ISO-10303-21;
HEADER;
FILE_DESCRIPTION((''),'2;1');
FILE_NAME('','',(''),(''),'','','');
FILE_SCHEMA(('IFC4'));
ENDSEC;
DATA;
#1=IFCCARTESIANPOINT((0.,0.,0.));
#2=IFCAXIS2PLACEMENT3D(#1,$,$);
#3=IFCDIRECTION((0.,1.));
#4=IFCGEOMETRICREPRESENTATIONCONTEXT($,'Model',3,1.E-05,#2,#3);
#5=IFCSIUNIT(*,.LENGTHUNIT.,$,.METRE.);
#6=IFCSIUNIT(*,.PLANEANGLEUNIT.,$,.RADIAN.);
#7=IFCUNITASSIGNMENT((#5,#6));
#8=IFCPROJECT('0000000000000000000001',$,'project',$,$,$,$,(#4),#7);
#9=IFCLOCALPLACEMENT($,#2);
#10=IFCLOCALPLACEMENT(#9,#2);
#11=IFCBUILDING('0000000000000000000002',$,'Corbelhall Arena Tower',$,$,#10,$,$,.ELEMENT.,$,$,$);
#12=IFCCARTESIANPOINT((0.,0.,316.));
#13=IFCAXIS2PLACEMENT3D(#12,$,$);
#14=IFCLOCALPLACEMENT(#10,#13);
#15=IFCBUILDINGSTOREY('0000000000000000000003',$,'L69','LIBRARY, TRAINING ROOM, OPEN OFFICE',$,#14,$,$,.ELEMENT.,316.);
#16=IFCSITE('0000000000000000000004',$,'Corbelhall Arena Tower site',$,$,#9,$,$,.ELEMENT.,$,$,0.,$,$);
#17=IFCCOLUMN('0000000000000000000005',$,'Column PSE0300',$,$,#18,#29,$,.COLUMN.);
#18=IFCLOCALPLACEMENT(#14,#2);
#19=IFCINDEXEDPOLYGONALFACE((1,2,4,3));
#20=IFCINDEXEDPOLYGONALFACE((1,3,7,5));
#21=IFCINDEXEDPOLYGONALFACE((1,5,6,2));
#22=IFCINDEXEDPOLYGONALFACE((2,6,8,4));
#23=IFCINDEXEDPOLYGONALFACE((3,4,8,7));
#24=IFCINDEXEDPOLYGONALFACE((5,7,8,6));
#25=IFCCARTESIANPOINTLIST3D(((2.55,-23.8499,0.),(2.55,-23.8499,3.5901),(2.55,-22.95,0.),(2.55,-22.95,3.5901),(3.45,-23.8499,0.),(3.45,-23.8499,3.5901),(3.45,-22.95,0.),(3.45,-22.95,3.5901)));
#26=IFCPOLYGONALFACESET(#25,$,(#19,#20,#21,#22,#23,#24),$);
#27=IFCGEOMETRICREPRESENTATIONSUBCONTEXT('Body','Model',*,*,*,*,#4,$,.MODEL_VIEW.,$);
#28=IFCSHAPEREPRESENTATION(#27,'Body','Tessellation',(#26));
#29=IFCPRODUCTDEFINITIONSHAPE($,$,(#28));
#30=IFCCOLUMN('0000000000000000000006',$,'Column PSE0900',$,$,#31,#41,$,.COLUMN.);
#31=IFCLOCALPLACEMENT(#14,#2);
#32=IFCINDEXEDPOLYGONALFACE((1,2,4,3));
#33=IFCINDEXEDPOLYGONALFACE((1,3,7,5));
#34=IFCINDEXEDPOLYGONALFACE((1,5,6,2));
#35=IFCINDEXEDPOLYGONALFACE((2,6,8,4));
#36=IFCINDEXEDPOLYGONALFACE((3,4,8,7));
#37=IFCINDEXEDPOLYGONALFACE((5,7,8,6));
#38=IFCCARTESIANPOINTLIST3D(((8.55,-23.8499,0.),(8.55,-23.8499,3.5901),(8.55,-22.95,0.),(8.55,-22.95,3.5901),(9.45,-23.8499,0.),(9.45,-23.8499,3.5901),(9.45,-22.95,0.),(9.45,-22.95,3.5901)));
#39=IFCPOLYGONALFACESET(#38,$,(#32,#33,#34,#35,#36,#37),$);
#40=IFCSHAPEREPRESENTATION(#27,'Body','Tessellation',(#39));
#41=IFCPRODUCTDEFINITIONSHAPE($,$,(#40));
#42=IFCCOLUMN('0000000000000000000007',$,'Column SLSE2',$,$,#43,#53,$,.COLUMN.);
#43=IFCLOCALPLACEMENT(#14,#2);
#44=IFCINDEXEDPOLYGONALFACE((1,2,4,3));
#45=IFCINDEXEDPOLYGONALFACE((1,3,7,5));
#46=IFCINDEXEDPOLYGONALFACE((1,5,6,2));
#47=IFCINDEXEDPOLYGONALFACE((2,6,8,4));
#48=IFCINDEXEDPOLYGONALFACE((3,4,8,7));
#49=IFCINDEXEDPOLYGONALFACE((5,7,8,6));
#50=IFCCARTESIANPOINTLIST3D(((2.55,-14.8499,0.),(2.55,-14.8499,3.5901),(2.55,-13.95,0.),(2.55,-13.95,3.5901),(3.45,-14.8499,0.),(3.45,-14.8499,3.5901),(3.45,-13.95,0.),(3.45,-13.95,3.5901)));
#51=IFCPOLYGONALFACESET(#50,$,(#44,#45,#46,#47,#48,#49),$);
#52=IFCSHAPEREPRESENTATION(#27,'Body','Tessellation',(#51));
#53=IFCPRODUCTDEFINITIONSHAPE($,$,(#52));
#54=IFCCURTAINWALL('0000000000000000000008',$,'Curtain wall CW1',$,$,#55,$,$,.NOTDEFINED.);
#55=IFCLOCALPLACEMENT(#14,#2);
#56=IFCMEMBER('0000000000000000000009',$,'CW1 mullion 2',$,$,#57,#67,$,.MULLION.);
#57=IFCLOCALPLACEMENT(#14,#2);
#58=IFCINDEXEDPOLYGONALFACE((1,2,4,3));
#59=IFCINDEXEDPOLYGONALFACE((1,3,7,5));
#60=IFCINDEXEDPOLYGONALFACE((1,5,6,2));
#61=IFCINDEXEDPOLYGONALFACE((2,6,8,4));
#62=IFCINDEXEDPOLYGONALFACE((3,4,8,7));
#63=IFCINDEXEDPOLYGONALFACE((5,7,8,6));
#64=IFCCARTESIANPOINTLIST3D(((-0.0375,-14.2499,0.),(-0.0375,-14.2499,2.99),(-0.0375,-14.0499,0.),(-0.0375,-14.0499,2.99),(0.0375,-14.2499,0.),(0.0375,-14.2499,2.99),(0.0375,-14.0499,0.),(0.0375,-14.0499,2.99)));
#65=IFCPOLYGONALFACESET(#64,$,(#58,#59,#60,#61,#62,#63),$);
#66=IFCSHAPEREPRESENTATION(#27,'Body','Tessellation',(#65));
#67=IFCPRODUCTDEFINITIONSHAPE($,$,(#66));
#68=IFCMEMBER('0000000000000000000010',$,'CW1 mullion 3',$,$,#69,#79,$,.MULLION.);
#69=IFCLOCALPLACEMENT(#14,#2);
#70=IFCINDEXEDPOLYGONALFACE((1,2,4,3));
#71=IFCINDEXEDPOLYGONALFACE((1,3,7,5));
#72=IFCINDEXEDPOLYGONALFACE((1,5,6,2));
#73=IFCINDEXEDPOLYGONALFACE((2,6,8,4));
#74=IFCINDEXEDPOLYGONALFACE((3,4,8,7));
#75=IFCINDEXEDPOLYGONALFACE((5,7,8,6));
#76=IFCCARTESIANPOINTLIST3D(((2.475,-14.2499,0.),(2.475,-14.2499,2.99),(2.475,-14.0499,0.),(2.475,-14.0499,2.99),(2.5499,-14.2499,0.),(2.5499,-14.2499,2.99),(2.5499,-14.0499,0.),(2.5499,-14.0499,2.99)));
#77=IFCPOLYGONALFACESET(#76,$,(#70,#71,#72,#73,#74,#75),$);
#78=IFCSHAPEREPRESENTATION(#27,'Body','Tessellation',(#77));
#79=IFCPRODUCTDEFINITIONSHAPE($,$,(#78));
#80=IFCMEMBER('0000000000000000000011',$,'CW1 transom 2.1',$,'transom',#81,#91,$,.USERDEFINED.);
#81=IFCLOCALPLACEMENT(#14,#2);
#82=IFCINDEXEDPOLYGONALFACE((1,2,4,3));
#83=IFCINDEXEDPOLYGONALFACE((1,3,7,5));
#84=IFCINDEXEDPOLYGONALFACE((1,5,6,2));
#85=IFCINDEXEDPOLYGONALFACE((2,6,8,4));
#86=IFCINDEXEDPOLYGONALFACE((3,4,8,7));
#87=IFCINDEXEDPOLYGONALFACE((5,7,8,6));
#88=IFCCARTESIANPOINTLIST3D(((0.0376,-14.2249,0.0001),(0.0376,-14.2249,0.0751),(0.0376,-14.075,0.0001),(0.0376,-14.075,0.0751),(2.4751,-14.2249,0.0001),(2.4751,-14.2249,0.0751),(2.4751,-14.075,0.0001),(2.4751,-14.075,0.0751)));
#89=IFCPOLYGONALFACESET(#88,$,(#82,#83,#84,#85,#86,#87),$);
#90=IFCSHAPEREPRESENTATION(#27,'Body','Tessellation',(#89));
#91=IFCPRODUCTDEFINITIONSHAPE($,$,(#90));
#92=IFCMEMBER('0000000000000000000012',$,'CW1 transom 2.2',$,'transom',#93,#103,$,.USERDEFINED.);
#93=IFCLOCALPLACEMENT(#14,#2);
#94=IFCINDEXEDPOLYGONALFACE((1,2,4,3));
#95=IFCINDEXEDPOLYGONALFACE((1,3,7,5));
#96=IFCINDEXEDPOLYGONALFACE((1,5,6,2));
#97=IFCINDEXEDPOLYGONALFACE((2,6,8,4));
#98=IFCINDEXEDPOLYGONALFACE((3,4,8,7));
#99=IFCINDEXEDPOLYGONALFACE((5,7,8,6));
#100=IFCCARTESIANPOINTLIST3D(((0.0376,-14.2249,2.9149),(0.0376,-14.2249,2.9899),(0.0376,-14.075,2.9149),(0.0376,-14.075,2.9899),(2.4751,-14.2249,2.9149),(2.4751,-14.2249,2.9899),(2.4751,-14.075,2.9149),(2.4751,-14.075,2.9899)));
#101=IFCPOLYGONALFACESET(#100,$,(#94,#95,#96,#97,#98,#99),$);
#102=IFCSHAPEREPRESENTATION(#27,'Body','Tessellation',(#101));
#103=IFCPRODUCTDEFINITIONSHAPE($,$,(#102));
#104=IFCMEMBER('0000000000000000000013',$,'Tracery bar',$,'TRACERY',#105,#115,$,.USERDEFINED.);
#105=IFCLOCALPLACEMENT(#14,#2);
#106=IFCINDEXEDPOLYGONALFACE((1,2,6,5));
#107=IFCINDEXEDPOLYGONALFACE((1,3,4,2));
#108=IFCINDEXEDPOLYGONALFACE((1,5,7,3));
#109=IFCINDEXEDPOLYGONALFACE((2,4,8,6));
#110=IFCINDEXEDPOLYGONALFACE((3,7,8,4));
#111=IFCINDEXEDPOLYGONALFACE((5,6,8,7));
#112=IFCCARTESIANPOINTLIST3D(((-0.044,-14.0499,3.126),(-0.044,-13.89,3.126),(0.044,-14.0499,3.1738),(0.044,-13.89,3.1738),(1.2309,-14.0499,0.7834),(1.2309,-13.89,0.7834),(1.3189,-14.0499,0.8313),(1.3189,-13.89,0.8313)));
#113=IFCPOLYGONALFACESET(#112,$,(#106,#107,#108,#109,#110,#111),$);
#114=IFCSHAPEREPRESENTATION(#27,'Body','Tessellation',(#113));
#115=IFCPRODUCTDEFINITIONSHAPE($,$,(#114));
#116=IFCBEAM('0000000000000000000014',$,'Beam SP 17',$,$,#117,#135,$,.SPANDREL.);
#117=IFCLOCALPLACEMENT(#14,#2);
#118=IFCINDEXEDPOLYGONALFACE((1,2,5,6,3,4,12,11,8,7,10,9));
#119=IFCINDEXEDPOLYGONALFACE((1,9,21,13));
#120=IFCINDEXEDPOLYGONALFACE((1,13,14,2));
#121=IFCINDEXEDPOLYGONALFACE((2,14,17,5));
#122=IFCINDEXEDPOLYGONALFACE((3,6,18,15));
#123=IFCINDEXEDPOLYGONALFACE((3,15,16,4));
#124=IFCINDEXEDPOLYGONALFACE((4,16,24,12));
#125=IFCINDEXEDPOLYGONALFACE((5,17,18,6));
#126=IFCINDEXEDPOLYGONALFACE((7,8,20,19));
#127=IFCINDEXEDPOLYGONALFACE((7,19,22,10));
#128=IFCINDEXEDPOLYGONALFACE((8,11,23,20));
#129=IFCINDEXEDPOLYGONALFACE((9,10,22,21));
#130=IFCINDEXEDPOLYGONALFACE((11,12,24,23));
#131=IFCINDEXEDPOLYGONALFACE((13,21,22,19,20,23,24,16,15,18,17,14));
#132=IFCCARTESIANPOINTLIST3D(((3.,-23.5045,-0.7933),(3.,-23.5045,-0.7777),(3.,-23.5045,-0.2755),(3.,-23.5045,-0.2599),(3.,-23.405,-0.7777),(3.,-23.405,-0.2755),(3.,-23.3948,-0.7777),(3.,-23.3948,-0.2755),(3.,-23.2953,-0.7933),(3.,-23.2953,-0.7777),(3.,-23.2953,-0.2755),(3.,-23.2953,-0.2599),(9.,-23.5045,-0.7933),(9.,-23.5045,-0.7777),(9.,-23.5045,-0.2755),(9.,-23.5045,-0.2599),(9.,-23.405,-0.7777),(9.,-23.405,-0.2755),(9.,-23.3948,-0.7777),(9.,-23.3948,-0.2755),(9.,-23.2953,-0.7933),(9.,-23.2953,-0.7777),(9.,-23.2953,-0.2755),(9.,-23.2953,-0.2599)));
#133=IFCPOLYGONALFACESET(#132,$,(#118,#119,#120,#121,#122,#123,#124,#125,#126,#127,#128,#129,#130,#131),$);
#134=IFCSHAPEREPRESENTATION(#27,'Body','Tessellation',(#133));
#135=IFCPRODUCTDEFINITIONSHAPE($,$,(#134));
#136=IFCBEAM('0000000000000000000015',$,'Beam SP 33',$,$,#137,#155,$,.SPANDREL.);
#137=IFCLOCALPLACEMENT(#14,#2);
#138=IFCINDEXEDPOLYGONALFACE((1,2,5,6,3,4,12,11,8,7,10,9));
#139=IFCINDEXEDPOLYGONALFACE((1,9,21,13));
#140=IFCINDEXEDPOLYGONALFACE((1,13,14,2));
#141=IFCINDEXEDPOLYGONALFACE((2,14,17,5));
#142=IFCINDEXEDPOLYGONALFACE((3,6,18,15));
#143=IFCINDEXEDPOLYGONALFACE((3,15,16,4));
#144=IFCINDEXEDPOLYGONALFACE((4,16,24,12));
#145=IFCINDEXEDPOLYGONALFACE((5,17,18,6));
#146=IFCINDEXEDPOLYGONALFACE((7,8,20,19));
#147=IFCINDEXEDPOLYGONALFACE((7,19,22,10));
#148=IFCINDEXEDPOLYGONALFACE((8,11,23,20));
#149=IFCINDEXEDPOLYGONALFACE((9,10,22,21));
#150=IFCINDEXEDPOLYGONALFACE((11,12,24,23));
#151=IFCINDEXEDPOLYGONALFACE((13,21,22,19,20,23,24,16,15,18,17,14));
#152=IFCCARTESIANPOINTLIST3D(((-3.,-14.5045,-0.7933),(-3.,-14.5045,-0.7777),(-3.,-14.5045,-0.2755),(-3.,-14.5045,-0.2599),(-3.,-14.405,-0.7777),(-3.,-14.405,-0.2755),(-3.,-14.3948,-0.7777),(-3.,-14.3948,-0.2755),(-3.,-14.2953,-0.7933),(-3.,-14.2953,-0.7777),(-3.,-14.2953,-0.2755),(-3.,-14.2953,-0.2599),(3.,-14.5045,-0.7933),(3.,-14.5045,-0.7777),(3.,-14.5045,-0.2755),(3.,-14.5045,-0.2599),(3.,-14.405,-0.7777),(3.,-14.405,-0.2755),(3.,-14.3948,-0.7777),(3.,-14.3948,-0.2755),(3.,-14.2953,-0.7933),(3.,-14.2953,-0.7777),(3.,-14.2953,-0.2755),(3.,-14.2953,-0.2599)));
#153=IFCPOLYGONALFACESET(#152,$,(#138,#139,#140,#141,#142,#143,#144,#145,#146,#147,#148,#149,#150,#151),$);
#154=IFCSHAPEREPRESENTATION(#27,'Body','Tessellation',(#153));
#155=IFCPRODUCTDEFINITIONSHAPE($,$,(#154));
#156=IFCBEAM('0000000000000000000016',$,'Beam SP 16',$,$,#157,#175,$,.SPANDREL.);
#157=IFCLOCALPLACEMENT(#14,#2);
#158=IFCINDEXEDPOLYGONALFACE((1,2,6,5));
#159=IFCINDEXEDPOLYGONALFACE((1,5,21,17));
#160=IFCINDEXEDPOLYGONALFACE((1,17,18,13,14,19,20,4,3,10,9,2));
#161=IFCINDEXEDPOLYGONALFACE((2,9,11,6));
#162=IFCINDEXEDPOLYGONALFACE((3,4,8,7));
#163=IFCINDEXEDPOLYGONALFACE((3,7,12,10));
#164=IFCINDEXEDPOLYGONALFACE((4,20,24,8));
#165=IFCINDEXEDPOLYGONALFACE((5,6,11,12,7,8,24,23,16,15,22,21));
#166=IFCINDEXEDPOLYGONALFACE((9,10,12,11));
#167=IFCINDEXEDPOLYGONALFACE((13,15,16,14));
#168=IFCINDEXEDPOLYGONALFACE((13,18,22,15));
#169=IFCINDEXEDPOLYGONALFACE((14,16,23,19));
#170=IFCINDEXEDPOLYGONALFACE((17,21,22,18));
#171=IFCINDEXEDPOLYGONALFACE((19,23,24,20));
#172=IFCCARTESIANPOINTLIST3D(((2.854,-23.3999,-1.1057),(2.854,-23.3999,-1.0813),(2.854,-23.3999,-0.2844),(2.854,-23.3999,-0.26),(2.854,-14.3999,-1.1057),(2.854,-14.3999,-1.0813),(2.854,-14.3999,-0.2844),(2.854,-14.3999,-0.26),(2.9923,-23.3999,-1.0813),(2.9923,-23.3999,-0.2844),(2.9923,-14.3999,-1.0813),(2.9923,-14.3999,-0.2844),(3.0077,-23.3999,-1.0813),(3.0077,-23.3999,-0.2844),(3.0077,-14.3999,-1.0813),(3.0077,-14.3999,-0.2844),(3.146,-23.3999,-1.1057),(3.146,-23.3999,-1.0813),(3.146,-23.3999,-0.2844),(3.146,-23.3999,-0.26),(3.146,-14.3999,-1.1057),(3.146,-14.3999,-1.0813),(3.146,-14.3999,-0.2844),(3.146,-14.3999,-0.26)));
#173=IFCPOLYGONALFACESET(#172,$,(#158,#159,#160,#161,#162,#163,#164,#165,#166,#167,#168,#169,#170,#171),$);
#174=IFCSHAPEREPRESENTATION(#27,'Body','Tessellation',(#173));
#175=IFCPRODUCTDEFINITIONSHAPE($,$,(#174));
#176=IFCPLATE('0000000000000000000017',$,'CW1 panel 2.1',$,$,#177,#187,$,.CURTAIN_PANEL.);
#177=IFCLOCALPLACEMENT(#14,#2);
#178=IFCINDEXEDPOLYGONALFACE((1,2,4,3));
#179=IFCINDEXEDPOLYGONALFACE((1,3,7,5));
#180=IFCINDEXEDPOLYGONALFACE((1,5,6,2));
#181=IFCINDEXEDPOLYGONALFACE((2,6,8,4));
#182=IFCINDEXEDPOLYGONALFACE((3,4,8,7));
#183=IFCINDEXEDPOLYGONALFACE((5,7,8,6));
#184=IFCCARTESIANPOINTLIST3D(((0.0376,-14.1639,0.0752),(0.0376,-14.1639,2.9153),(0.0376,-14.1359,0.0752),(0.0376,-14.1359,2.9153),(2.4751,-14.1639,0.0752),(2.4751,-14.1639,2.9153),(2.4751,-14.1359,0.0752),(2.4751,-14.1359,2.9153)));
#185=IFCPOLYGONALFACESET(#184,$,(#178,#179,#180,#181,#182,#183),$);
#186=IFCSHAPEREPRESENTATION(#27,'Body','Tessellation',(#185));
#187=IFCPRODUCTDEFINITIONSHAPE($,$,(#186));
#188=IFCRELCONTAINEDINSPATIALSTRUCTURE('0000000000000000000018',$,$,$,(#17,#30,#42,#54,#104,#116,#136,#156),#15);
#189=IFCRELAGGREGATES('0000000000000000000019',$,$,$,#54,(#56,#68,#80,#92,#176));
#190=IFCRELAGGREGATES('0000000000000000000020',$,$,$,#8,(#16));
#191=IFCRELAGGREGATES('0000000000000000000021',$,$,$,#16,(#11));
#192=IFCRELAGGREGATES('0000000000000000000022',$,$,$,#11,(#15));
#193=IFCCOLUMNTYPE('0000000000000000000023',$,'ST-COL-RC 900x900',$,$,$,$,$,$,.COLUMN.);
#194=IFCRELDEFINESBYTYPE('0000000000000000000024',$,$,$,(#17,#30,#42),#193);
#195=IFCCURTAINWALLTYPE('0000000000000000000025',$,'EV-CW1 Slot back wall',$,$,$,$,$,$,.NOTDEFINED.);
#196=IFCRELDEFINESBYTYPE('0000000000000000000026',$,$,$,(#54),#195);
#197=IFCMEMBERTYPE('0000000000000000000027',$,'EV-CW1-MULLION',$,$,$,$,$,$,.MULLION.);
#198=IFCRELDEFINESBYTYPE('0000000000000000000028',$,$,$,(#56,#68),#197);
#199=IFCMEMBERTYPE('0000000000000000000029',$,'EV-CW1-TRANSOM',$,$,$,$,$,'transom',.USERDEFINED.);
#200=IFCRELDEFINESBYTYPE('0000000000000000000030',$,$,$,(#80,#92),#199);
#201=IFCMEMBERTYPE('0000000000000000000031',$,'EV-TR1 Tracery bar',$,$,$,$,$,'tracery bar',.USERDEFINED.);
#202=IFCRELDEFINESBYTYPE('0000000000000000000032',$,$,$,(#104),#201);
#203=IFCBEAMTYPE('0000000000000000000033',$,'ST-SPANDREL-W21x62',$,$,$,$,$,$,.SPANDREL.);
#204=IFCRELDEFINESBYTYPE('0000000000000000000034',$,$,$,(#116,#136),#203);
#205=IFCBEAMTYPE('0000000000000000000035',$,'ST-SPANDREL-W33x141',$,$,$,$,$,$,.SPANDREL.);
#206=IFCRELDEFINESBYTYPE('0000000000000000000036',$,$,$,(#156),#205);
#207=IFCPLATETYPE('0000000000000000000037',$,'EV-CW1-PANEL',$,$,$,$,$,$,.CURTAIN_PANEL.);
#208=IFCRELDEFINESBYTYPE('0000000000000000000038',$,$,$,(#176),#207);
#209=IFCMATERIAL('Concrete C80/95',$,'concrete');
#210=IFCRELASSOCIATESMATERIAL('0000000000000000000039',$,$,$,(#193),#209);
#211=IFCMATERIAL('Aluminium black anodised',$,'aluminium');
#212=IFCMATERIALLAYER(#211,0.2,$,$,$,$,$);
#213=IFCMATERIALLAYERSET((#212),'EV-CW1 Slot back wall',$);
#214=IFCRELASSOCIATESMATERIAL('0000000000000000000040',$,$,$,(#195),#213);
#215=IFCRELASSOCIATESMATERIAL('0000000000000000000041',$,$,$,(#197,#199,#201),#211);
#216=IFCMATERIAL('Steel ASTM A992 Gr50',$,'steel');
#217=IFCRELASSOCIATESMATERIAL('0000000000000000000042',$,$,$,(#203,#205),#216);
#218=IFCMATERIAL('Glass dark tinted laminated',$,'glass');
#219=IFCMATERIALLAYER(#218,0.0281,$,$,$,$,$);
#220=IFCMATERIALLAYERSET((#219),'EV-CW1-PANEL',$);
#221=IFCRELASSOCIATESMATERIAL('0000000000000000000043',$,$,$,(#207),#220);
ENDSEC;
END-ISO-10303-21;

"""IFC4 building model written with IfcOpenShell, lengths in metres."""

from ifc_helpers import new_model, si_unit, direction, frame, origin, origin_2d, place, context, subcontext, project, spatial, rectangle, i_section, extrude, material, layer, layer_set, material_profile, profile_set, type_object, element, aggregate, save


model = new_model("IFC4")

# Units and contexts
model_context = context("Model", 3, precision=1e-05, world=origin(), true_north=direction((0.0, 1.0)))
body_context = subcontext(model_context, "Body", "Model", "MODEL_VIEW")
ifc_project = project(units=[si_unit("LENGTHUNIT", "METRE"), si_unit("PLANEANGLEUNIT", "RADIAN")], contexts=[model_context])

# Site, building, storey
site_placement = place(None, origin())
site = spatial("IfcSite", under=ifc_project, at=site_placement, Name="Corbelhall Arena Tower site", CompositionType="ELEMENT", RefElevation=0.0)
building_placement = place(site_placement, origin())
building = spatial("IfcBuilding", under=site, at=building_placement, Name="Corbelhall Arena Tower", CompositionType="ELEMENT")
storey_placement = place(building_placement, frame((0.0, 0.0, 316.0)))
storey = spatial("IfcBuildingStorey", under=building, at=storey_placement, Name="L69", Description="LIBRARY, TRAINING ROOM, OPEN OFFICE", CompositionType="ELEMENT", Elevation=316.0)

# Columns
ifc_material_1 = material(Name="Concrete C80/95", Category="concrete")
ifc_material_profile_1 = material_profile(ifc_material_1, rectangle(XDim=0.8999, YDim=0.8999, at=origin_2d()))
ifc_profile_set_1 = profile_set([ifc_material_profile_1], Name="Concrete C80/95")
column_type = type_object("IfcColumnType", Name="ST-COL-RC 900x900", PredefinedType="COLUMN", material=ifc_profile_set_1)
for number, where, z_axis, x_axis, name in (
    (1, (3.0, -23.3999, 0.0), (0.0, 0.0, 1.0), (1.0, 0.0, 0.0), "Column PSE0300"),
    (2, (9.0, -23.3999, 0.0), (0.0, 0.0, 1.0), (1.0, 0.0, 0.0), "Column PSE0900"),
    (3, (3.0, -14.3999, 0.0), (0.0, 0.0, 1.0), (1.0, 0.0, 0.0), "Column SLSE2"),
):
    element("IfcColumn", number, at=place(storey_placement, frame(where, z_axis=z_axis, x_axis=x_axis)), inside=storey, type_object=column_type, Name=name, PredefinedType="COLUMN", context=body_context, shape_type="SweptSolid", body=[
        extrude(rectangle(XDim=0.8999, YDim=0.8999, at=origin_2d()), origin(), (0.0, 0.0, 1.0), 3.5901),
    ])

# Curtain wall, members
ifc_material_2 = material(Name="Aluminium black anodised", Category="aluminium")
ifc_layer_1 = layer(ifc_material_2, 0.2)
ifc_layer_set_1 = layer_set([ifc_layer_1], Name="EV-CW1 Slot back wall")
curtain_wall_type = type_object("IfcCurtainWallType", Name="EV-CW1 Slot back wall", PredefinedType="NOTDEFINED", material=ifc_layer_set_1)
curtain_wall_placement = place(storey_placement, origin())
curtain_wall = element("IfcCurtainWall", 4, at=curtain_wall_placement, inside=storey, type_object=curtain_wall_type, Name="Curtain wall CW1", PredefinedType="NOTDEFINED")
ifc_material_profile_2 = material_profile(ifc_material_2, rectangle(XDim=0.2, YDim=0.075, at=origin_2d()))
ifc_profile_set_2 = profile_set([ifc_material_profile_2], Name="Aluminium black anodised")
member_type_1 = type_object("IfcMemberType", Name="EV-CW1-MULLION", PredefinedType="MULLION", material=ifc_profile_set_2)
member_1_placement = place(storey_placement, frame((0.0, -14.1499, 0.0), z_axis=(0.0, 0.0, 1.0), x_axis=(0.0, 1.0, 0.0)))
member_1 = element("IfcMember", 5, at=member_1_placement, type_object=member_type_1, Name="CW1 mullion 2", PredefinedType="MULLION", context=body_context, shape_type="SweptSolid", body=[
    extrude(rectangle(XDim=0.2, YDim=0.075, at=origin_2d()), origin(), (0.0, 0.0, 1.0), 2.99),
])
member_2_placement = place(storey_placement, frame((2.5125, -14.1499, 0.0), z_axis=(0.0, 0.0, 1.0), x_axis=(0.0, 1.0, 0.0)))
member_2 = element("IfcMember", 6, at=member_2_placement, type_object=member_type_1, Name="CW1 mullion 3", PredefinedType="MULLION", context=body_context, shape_type="SweptSolid", body=[
    extrude(rectangle(XDim=0.2, YDim=0.075, at=origin_2d()), origin(), (0.0, 0.0, 1.0), 2.99),
])
ifc_material_profile_3 = material_profile(ifc_material_2, rectangle(XDim=0.1499, YDim=0.075, at=origin_2d()))
ifc_profile_set_3 = profile_set([ifc_material_profile_3], Name="Aluminium black anodised")
member_type_2 = type_object("IfcMemberType", Name="EV-CW1-TRANSOM", ElementType="transom", PredefinedType="USERDEFINED", material=ifc_profile_set_3)
member_3_placement = place(storey_placement, frame((0.0376, -14.1499, 0.0376), z_axis=(1.0, 0.0, 0.0), x_axis=(0.0, 1.0, 0.0)))
member_3 = element("IfcMember", 7, at=member_3_placement, type_object=member_type_2, Name="CW1 transom 2.1", ObjectType="transom", PredefinedType="USERDEFINED", context=body_context, shape_type="SweptSolid", body=[
    extrude(rectangle(XDim=0.1499, YDim=0.075, at=origin_2d()), origin(), (0.0, 0.0, 1.0), 2.4375),
])
member_4_placement = place(storey_placement, frame((0.0376, -14.1499, 2.9524), z_axis=(1.0, 0.0, 0.0), x_axis=(0.0, 1.0, 0.0)))
member_4 = element("IfcMember", 8, at=member_4_placement, type_object=member_type_2, Name="CW1 transom 2.2", ObjectType="transom", PredefinedType="USERDEFINED", context=body_context, shape_type="SweptSolid", body=[
    extrude(rectangle(XDim=0.1499, YDim=0.075, at=origin_2d()), origin(), (0.0, 0.0, 1.0), 2.4375),
])

# Member
ifc_material_profile_4 = material_profile(ifc_material_2, rectangle(XDim=0.1599, YDim=0.1001, at=origin_2d()))
ifc_profile_set_4 = profile_set([ifc_material_profile_4], Name="Aluminium black anodised")
member_type_3 = type_object("IfcMemberType", Name="EV-TR1 Tracery bar", ElementType="tracery bar", PredefinedType="USERDEFINED", material=ifc_profile_set_4)
member_5_placement = place(storey_placement, frame((0.0, -13.97, 3.1499), z_axis=(0.478031, 0.0, -0.878343), x_axis=(0.0, 1.0, 0.0)))
element("IfcMember", 9, at=member_5_placement, inside=storey, type_object=member_type_3, Name="Tracery bar", ObjectType="TRACERY", PredefinedType="USERDEFINED", context=body_context, shape_type="SweptSolid", body=[
    extrude(rectangle(XDim=0.1599, YDim=0.1001, at=origin_2d()), origin(), (0.0, 0.0, 1.0), 2.667),
])

# Beams
ifc_material_3 = material(Name="Steel ASTM A992 Gr50", Category="steel")
ifc_material_profile_5 = material_profile(ifc_material_3, i_section(OverallWidth=0.2092, OverallDepth=0.5334, WebThickness=0.0103, FlangeThickness=0.0156, at=origin_2d()))
ifc_profile_set_5 = profile_set([ifc_material_profile_5], Name="Steel ASTM A992 Gr50")
beam_type_1 = type_object("IfcBeamType", Name="ST-SPANDREL-W21x62", PredefinedType="SPANDREL", material=ifc_profile_set_5)
for number, where, z_axis, x_axis, name in (
    (10, (9.0, -23.3999, -0.5266), (-1.0, 0.0, 0.0), (0.0, -1.0, 0.0), "Beam SP 17"),
    (11, (3.0, -14.3999, -0.5266), (-1.0, 0.0, 0.0), (0.0, -1.0, 0.0), "Beam SP 33"),
):
    element("IfcBeam", number, at=place(storey_placement, frame(where, z_axis=z_axis, x_axis=x_axis)), inside=storey, type_object=beam_type_1, Name=name, PredefinedType="SPANDREL", context=body_context, shape_type="SweptSolid", body=[
        extrude(i_section(OverallWidth=0.2092, OverallDepth=0.5334, WebThickness=0.0103, FlangeThickness=0.0156, at=origin_2d()), origin(), (0.0, 0.0, 1.0), 6.0),
    ])
ifc_material_profile_6 = material_profile(ifc_material_3, i_section(OverallWidth=0.292, OverallDepth=0.8457, WebThickness=0.0154, FlangeThickness=0.0244, at=origin_2d()))
ifc_profile_set_6 = profile_set([ifc_material_profile_6], Name="Steel ASTM A992 Gr50")
beam_type_2 = type_object("IfcBeamType", Name="ST-SPANDREL-W33x141", PredefinedType="SPANDREL", material=ifc_profile_set_6)
beam_placement = place(storey_placement, frame((3.0, -23.3999, -0.6829), z_axis=(0.0, 1.0, 0.0), x_axis=(-1.0, 0.0, 0.0)))
element("IfcBeam", 12, at=beam_placement, inside=storey, type_object=beam_type_2, Name="Beam SP 16", PredefinedType="SPANDREL", context=body_context, shape_type="SweptSolid", body=[
    extrude(i_section(OverallWidth=0.292, OverallDepth=0.8457, WebThickness=0.0154, FlangeThickness=0.0244, at=origin_2d()), origin(), (0.0, 0.0, 1.0), 9.0),
])

# Plate
ifc_material_4 = material(Name="Glass dark tinted laminated", Category="glass")
ifc_layer_2 = layer(ifc_material_4, 0.0281)
ifc_layer_set_2 = layer_set([ifc_layer_2], Name="EV-CW1-PANEL")
plate_type = type_object("IfcPlateType", Name="EV-CW1-PANEL", PredefinedType="CURTAIN_PANEL", material=ifc_layer_set_2)
plate_placement = place(storey_placement, frame((1.2563, -14.1499, 0.0752), z_axis=(0.0, 0.0, 1.0), x_axis=(1.0, 0.0, 0.0)))
plate = element("IfcPlate", 13, at=plate_placement, type_object=plate_type, Name="CW1 panel 2.1", PredefinedType="CURTAIN_PANEL", context=body_context, shape_type="SweptSolid", body=[
    extrude(rectangle(XDim=2.4375, YDim=0.0281, at=origin_2d()), origin(), (0.0, 0.0, 1.0), 2.8401),
])
aggregate(curtain_wall, [member_1, member_2, member_3, member_4, plate])

save(model, "model.ifc")
